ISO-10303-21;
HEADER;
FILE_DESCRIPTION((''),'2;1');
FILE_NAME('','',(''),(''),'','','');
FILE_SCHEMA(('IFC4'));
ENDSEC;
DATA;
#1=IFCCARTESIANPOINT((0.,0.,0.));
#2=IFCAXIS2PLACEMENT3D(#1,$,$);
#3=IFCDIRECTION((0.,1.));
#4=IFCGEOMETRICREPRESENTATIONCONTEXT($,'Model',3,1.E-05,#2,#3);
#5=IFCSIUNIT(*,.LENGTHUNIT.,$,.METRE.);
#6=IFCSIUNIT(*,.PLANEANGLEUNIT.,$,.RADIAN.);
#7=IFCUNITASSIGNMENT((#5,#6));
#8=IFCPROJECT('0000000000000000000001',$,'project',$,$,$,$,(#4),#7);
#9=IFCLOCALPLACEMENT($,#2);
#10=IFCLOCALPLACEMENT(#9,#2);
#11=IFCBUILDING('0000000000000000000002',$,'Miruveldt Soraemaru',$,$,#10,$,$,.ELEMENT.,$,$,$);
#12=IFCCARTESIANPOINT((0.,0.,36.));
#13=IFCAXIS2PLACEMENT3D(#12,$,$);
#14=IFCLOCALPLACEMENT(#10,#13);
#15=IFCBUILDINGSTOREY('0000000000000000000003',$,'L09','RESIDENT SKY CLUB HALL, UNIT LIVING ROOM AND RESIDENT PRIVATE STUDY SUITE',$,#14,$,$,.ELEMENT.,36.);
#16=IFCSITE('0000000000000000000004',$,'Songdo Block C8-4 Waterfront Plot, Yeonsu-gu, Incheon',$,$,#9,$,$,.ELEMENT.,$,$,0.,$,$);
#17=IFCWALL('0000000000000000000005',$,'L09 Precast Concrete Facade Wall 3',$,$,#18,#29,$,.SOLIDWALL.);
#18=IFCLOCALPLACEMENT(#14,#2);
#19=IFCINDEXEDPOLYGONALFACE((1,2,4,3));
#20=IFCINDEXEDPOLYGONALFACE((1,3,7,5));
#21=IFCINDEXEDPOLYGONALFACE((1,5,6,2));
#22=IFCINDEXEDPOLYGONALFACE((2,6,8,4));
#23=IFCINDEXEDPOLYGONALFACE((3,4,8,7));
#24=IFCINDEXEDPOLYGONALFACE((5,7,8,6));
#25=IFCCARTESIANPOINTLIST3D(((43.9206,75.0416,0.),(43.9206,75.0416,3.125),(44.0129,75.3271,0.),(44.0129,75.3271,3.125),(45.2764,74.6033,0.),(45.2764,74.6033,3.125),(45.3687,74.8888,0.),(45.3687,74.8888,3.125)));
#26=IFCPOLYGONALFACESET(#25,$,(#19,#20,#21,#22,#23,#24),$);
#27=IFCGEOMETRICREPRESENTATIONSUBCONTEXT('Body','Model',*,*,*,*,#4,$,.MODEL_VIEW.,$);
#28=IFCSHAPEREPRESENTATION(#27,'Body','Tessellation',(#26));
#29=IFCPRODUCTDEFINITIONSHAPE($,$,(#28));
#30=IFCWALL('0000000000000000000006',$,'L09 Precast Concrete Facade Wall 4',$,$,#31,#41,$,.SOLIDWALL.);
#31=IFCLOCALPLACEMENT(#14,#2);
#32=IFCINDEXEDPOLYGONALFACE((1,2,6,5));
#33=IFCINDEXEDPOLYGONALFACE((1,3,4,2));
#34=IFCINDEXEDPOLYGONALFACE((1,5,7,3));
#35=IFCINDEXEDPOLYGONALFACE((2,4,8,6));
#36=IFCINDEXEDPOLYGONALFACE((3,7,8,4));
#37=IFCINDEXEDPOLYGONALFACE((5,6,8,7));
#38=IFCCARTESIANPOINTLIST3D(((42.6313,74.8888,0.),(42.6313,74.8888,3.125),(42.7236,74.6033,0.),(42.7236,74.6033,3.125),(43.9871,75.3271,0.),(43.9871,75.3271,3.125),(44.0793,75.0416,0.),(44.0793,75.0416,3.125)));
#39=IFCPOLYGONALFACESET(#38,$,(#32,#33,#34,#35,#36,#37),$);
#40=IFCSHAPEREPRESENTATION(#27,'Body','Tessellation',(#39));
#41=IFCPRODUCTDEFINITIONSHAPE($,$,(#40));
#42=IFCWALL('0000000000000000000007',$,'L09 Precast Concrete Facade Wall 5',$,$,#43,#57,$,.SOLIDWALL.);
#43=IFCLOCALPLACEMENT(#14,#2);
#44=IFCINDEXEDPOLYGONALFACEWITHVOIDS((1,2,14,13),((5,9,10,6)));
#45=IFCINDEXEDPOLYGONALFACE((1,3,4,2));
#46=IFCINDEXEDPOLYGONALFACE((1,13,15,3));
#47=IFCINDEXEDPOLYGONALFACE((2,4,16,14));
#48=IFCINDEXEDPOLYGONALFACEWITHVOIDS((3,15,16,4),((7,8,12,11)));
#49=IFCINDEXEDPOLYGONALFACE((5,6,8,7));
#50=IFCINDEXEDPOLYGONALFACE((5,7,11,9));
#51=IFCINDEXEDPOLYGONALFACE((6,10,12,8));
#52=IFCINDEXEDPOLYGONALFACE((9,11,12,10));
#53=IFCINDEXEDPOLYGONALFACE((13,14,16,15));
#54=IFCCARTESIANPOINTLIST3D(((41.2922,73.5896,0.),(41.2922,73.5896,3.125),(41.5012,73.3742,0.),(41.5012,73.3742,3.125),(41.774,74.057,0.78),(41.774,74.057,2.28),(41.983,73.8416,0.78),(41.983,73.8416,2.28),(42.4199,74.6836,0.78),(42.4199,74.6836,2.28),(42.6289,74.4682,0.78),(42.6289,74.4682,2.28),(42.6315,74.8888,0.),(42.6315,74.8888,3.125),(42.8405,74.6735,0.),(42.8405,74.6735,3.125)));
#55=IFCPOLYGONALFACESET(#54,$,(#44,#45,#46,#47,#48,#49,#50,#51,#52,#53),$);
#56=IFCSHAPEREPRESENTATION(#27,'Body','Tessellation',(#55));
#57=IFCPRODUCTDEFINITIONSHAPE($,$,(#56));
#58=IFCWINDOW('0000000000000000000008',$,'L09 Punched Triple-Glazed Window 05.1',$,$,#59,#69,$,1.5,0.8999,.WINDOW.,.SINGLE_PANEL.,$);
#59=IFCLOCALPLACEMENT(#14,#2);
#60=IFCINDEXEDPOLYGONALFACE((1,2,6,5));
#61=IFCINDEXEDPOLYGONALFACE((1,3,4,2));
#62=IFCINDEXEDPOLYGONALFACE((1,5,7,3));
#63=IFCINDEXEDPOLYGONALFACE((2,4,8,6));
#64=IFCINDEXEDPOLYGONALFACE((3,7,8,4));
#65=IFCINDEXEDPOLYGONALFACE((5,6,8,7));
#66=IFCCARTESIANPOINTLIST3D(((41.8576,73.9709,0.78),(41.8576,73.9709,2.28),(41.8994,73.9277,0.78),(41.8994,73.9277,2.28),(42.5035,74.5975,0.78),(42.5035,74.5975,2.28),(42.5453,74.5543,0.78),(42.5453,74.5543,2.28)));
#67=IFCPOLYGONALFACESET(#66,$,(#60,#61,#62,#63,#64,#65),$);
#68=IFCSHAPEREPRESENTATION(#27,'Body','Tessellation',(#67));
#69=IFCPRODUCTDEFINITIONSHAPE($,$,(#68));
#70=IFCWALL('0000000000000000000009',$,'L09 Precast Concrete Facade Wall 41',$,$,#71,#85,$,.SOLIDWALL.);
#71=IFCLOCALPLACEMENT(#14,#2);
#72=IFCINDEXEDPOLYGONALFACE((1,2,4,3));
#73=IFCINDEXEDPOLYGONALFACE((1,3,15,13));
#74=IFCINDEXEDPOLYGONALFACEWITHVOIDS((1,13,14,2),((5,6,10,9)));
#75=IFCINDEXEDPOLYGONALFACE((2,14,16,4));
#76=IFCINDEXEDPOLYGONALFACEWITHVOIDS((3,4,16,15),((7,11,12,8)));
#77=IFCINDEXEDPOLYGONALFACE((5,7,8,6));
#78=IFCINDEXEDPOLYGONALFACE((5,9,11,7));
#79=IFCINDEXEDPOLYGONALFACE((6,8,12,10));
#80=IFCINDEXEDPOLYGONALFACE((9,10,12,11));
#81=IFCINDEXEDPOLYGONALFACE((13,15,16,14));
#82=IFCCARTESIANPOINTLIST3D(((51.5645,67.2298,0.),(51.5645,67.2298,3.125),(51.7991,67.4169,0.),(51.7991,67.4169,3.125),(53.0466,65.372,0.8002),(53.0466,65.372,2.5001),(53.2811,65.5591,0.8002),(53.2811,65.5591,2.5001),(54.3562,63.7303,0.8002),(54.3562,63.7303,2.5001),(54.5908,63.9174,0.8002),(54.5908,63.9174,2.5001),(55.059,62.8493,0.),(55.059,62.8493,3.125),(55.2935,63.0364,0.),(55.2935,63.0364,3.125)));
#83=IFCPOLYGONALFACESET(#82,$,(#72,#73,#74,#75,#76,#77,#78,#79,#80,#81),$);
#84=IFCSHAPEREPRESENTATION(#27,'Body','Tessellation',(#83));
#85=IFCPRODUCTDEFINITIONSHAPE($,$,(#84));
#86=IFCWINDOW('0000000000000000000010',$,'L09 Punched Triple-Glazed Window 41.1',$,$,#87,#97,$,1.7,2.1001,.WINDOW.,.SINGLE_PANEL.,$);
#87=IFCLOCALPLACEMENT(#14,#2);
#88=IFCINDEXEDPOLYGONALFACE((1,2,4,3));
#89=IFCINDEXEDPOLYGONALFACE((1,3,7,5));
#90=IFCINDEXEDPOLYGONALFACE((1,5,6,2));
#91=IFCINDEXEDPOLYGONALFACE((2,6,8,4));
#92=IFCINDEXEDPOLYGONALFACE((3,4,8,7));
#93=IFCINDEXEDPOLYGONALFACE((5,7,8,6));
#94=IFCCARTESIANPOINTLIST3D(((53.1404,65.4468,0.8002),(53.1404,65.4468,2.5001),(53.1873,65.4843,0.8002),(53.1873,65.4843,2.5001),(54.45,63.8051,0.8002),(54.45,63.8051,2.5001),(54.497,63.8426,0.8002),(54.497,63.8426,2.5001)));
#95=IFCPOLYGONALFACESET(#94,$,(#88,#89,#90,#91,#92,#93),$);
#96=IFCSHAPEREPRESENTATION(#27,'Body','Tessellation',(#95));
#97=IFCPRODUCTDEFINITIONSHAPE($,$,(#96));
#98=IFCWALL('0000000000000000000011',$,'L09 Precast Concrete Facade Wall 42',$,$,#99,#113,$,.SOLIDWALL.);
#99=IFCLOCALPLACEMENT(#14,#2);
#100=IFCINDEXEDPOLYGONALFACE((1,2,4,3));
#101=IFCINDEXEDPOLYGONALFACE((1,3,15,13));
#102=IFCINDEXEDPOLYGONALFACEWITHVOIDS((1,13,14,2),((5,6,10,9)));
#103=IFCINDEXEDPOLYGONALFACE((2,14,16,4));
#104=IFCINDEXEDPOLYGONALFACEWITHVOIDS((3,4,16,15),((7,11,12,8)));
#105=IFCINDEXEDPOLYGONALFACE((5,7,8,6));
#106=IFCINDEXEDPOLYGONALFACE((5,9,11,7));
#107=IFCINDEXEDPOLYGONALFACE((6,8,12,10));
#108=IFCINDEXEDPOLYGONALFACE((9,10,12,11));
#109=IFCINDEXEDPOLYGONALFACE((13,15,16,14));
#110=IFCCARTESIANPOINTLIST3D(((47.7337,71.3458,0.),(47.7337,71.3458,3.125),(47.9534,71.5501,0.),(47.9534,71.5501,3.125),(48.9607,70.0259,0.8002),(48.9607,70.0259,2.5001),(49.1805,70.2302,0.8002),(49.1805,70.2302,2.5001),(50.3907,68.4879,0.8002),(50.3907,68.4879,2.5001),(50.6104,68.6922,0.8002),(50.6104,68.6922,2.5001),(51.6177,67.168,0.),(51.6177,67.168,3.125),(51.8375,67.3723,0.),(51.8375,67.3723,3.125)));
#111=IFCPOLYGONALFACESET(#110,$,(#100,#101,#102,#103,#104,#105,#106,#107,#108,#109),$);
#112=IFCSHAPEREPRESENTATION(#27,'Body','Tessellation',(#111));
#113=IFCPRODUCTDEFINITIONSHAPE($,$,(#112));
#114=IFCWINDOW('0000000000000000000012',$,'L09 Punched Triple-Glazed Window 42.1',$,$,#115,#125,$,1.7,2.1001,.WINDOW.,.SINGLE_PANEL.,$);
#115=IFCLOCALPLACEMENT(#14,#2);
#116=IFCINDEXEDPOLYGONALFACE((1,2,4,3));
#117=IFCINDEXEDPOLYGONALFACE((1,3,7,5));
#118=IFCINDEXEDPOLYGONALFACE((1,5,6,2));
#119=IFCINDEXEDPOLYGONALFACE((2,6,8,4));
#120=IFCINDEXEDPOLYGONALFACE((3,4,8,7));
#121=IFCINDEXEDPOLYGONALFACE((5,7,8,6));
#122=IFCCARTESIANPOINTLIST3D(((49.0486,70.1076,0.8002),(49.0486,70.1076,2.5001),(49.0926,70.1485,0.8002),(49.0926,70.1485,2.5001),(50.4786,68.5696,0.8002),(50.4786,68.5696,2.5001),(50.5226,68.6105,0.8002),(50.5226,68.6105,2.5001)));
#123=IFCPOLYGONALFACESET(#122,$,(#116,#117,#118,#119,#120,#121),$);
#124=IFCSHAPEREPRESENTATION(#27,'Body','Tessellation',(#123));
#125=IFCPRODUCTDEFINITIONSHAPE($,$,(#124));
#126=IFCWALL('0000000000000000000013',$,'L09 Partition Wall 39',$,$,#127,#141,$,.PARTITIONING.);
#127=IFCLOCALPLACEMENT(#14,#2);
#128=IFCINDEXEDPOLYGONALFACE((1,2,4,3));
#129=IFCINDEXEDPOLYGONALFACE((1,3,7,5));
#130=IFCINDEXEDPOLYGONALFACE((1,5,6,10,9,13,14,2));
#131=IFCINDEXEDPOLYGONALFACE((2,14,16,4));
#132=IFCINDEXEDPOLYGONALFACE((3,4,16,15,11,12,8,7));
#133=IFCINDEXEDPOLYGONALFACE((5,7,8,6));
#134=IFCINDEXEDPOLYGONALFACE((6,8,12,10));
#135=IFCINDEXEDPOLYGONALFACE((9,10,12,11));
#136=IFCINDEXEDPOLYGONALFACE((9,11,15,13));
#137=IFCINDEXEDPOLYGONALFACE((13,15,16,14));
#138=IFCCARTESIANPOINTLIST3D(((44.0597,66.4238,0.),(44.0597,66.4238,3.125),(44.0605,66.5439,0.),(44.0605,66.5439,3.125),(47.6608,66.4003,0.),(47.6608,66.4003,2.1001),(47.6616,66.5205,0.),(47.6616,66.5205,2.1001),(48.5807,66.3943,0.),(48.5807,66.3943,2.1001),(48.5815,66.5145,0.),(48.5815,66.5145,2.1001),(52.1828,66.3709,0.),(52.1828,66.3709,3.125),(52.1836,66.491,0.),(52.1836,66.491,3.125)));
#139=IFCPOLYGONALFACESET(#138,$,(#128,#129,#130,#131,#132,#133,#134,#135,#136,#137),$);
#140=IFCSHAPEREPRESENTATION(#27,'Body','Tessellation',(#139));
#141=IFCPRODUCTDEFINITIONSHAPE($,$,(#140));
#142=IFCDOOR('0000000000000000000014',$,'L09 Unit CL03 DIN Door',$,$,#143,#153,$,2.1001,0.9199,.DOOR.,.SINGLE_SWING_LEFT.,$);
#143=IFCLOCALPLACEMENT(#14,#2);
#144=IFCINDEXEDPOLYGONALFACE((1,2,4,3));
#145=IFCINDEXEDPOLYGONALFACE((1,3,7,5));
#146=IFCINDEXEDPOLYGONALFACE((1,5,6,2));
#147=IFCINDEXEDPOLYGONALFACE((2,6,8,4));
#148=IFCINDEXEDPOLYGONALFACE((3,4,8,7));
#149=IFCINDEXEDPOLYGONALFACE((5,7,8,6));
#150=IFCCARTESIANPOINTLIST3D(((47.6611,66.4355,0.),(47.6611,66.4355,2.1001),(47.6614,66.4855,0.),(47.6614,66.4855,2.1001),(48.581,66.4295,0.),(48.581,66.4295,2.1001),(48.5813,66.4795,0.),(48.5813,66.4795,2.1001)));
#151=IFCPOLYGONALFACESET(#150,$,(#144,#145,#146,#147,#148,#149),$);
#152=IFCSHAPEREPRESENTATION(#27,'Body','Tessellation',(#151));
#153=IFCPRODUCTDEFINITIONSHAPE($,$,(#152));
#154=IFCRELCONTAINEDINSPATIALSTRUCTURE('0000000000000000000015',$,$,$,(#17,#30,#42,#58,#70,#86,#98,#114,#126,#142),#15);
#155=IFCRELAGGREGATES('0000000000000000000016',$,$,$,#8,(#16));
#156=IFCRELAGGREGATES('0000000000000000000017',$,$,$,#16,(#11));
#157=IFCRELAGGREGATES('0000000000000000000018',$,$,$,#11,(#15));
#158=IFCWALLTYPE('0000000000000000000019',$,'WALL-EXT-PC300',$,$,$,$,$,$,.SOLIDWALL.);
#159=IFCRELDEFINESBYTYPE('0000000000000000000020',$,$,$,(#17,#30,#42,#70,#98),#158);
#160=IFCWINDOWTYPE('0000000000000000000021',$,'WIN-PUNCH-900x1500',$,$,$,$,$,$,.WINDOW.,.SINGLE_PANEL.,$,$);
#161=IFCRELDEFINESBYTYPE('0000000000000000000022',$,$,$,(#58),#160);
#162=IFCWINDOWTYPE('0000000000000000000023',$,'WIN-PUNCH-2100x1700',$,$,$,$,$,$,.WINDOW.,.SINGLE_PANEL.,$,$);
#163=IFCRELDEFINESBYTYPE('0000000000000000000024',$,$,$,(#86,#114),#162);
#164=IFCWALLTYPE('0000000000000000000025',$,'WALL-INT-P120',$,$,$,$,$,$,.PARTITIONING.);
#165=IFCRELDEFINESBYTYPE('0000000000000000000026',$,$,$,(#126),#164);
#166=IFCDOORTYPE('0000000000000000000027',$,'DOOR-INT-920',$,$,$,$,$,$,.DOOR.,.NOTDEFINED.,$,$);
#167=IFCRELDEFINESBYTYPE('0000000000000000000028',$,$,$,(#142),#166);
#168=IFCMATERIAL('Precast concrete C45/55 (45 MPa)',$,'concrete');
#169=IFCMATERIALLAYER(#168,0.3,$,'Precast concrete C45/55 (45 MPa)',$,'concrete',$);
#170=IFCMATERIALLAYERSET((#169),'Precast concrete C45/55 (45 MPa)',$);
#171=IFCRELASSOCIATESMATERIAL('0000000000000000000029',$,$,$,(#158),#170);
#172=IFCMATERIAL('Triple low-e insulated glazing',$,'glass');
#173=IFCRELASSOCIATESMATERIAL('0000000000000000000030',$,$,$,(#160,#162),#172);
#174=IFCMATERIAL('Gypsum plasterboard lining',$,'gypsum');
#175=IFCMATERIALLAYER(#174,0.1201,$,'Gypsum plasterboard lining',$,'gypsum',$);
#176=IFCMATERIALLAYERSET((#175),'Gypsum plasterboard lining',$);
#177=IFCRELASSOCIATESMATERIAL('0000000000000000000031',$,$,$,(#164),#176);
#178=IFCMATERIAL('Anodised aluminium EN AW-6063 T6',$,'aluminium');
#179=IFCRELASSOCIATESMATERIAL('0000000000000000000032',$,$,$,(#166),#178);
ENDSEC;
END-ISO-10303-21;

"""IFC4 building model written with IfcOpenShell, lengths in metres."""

from ifc_helpers import new_model, si_unit, direction, frame, frame_2d, origin, place, context, subcontext, project, spatial, rectangle, extrude, material, layer, layer_set, type_object, element, fill, save


model = new_model("IFC4")

# Units and contexts
model_context = context("Model", 3, precision=1e-05, world=origin(), true_north=direction((0.0, 1.0)))
body_context = subcontext(model_context, "Body", "Model", "MODEL_VIEW")
ifc_project = project(units=[si_unit("LENGTHUNIT", "METRE"), si_unit("PLANEANGLEUNIT", "RADIAN")], contexts=[model_context])

# Site, building, storey
site_placement = place(None, origin())
site = spatial("IfcSite", under=ifc_project, at=site_placement, Name="Songdo Block C8-4 Waterfront Plot, Yeonsu-gu, Incheon", CompositionType="ELEMENT", RefElevation=0.0)
building_placement = place(site_placement, origin())
building = spatial("IfcBuilding", under=site, at=building_placement, Name="Miruveldt Soraemaru", CompositionType="ELEMENT")
storey_placement = place(building_placement, frame((0.0, 0.0, 36.0)))
storey = spatial("IfcBuildingStorey", under=building, at=storey_placement, Name="L09", Description="RESIDENT SKY CLUB HALL, UNIT LIVING ROOM AND RESIDENT PRIVATE STUDY SUITE", CompositionType="ELEMENT", Elevation=36.0)

# Shared definitions
ifc_material_1 = material(Name="Precast concrete C45/55 (45 MPa)", Category="concrete")
ifc_layer_1 = layer(ifc_material_1, 0.3, Name="Precast concrete C45/55 (45 MPa)", Category="concrete")
ifc_layer_set_1 = layer_set([ifc_layer_1], Name="Precast concrete C45/55 (45 MPa)")
wall_type_1 = type_object("IfcWallType", Name="WALL-EXT-PC300", PredefinedType="SOLIDWALL", material=ifc_layer_set_1)
ifc_material_2 = material(Name="Triple low-e insulated glazing", Category="glass")

# Walls
for number, where, z_axis, x_axis, name in (
    (1, (45.3225, 74.7461, 0.0), (0.0, 0.0, 1.0), (-0.951523, 0.307578, 0.0), "L09 Precast Concrete Facade Wall 3"),
    (2, (44.0332, 75.1843, 0.0), (0.0, 0.0, 1.0), (-0.951523, -0.307578, 0.0), "L09 Precast Concrete Facade Wall 4"),
):
    element("IfcWall", number, at=place(storey_placement, frame(where, z_axis=z_axis, x_axis=x_axis)), inside=storey, type_object=wall_type_1, Name=name, PredefinedType="SOLIDWALL", context=body_context, shape_type="SweptSolid", body=[
        extrude(rectangle(XDim=1.4248, YDim=0.3, at=frame_2d((0.7124, 0.0))), origin(), (0.0, 0.0, 1.0), 3.125),
    ])

# Walls, openings, windows
wall_1_placement = place(storey_placement, frame((42.7361, 74.7812, 0.0), z_axis=(0.0, 0.0, 1.0), x_axis=(-0.717754, -0.696297, 0.0)))
wall_1 = element("IfcWall", 3, at=wall_1_placement, inside=storey, type_object=wall_type_1, Name="L09 Precast Concrete Facade Wall 5", PredefinedType="SOLIDWALL", context=body_context, shape_type="SweptSolid", body=[
    extrude(rectangle(XDim=1.866, YDim=0.3, at=frame_2d((0.9331, 0.0))), origin(), (0.0, 0.0, 1.0), 3.125),
])
opening_1_placement = place(wall_1_placement, frame((0.2949, 0.0, 0.78)))
opening_1 = element("IfcOpeningElement", 4, at=opening_1_placement, cuts=wall_1, PredefinedType="OPENING", context=body_context, shape_type="SweptSolid", body=[
    extrude(rectangle(XDim=0.8999, YDim=1.5, at=frame_2d((0.45, 0.75))), frame((0.0, 0.1602, 0.0), z_axis=(0.0, -1.0, 0.0), x_axis=(1.0, 0.0, 0.0)), (0.0, 0.0, 1.0), 0.3201),
])
window_type_1 = type_object("IfcWindowType", Name="WIN-PUNCH-900x1500", PartitioningType="SINGLE_PANEL", PredefinedType="WINDOW", material=ifc_material_2)
window_1_placement = place(opening_1_placement, origin())
window_1 = element("IfcWindow", 5, at=window_1_placement, inside=storey, type_object=window_type_1, Name="L09 Punched Triple-Glazed Window 05.1", OverallHeight=1.5, OverallWidth=0.8999, PartitioningType="SINGLE_PANEL", PredefinedType="WINDOW", context=body_context, shape_type="SweptSolid", body=[
    extrude(rectangle(XDim=0.8999, YDim=1.5, at=frame_2d((0.45, 0.75))), frame((0.0, 0.03, 0.0), z_axis=(0.0, -1.0, 0.0), x_axis=(1.0, 0.0, 0.0)), (0.0, 0.0, 1.0), 0.0601),
])
fill(opening_1, window_1)
wall_2_placement = place(storey_placement, frame((55.1763, 62.9429, 0.0), z_axis=(0.0, 0.0, 1.0), x_axis=(-0.623616, 0.781731, 0.0)))
wall_2 = element("IfcWall", 6, at=wall_2_placement, inside=storey, type_object=wall_type_1, Name="L09 Precast Concrete Facade Wall 41", PredefinedType="SOLIDWALL", context=body_context, shape_type="SweptSolid", body=[
    extrude(rectangle(XDim=5.6035, YDim=0.3, at=frame_2d((2.8018, 0.0))), origin(), (0.0, 0.0, 1.0), 3.125),
])
opening_2_placement = place(wall_2_placement, frame((1.127, 0.0, 0.8)))
opening_2 = element("IfcOpeningElement", 7, at=opening_2_placement, cuts=wall_2, PredefinedType="OPENING", context=body_context, shape_type="SweptSolid", body=[
    extrude(rectangle(XDim=2.1001, YDim=1.7, at=frame_2d((1.05, 0.8501))), frame((0.0, 0.1602, 0.0), z_axis=(0.0, -1.0, 0.0), x_axis=(1.0, 0.0, 0.0)), (0.0, 0.0, 1.0), 0.3201),
])
window_type_2 = type_object("IfcWindowType", Name="WIN-PUNCH-2100x1700", PartitioningType="SINGLE_PANEL", PredefinedType="WINDOW", material=ifc_material_2)
window_2_placement = place(opening_2_placement, origin())
window_2 = element("IfcWindow", 8, at=window_2_placement, inside=storey, type_object=window_type_2, Name="L09 Punched Triple-Glazed Window 41.1", OverallHeight=1.7, OverallWidth=2.1001, PartitioningType="SINGLE_PANEL", PredefinedType="WINDOW", context=body_context, shape_type="SweptSolid", body=[
    extrude(rectangle(XDim=2.1001, YDim=1.7, at=frame_2d((1.05, 0.8501))), frame((0.0, 0.03, 0.0), z_axis=(0.0, -1.0, 0.0), x_axis=(1.0, 0.0, 0.0)), (0.0, 0.0, 1.0), 0.0601),
])
fill(opening_2, window_2)
wall_3_placement = place(storey_placement, frame((51.7275, 67.2703, 0.0), z_axis=(0.0, 0.0, 1.0), x_axis=(-0.680894, 0.732382, 0.0)))
wall_3 = element("IfcWall", 9, at=wall_3_placement, inside=storey, type_object=wall_type_1, Name="L09 Precast Concrete Facade Wall 42", PredefinedType="SOLIDWALL", context=body_context, shape_type="SweptSolid", body=[
    extrude(rectangle(XDim=5.7043, YDim=0.3, at=frame_2d((2.8521, 0.0))), origin(), (0.0, 0.0, 1.0), 3.125),
])
opening_3_placement = place(wall_3_placement, frame((1.802, 0.0, 0.8)))
opening_3 = element("IfcOpeningElement", 10, at=opening_3_placement, cuts=wall_3, PredefinedType="OPENING", context=body_context, shape_type="SweptSolid", body=[
    extrude(rectangle(XDim=2.1001, YDim=1.7, at=frame_2d((1.05, 0.8501))), frame((0.0, 0.1602, 0.0), z_axis=(0.0, -1.0, 0.0), x_axis=(1.0, 0.0, 0.0)), (0.0, 0.0, 1.0), 0.3201),
])
window_3_placement = place(opening_3_placement, origin())
window_3 = element("IfcWindow", 11, at=window_3_placement, inside=storey, type_object=window_type_2, Name="L09 Punched Triple-Glazed Window 42.1", OverallHeight=1.7, OverallWidth=2.1001, PartitioningType="SINGLE_PANEL", PredefinedType="WINDOW", context=body_context, shape_type="SweptSolid", body=[
    extrude(rectangle(XDim=2.1001, YDim=1.7, at=frame_2d((1.05, 0.8501))), frame((0.0, 0.03, 0.0), z_axis=(0.0, -1.0, 0.0), x_axis=(1.0, 0.0, 0.0)), (0.0, 0.0, 1.0), 0.0601),
])
fill(opening_3, window_3)

# Wall, opening, door
ifc_material_3 = material(Name="Gypsum plasterboard lining", Category="gypsum")
ifc_layer_2 = layer(ifc_material_3, 0.1201, Name="Gypsum plasterboard lining", Category="gypsum")
ifc_layer_set_2 = layer_set([ifc_layer_2], Name="Gypsum plasterboard lining")
wall_type_2 = type_object("IfcWallType", Name="WALL-INT-P120", PredefinedType="PARTITIONING", material=ifc_layer_set_2)
wall_4_placement = place(storey_placement, frame((52.1831, 66.4309, 0.0), z_axis=(0.0, 0.0, 1.0), x_axis=(-0.999979, 0.006522, 0.0)))
wall_4 = element("IfcWall", 12, at=wall_4_placement, inside=storey, type_object=wall_type_2, Name="L09 Partition Wall 39", PredefinedType="PARTITIONING", context=body_context, shape_type="SweptSolid", body=[
    extrude(rectangle(XDim=8.1233, YDim=0.1201, at=frame_2d((4.0615, 0.0))), origin(), (0.0, 0.0, 1.0), 3.125),
])
opening_4_placement = place(wall_4_placement, frame((3.6021, 0.0, 0.0)))
opening_4 = element("IfcOpeningElement", 13, at=opening_4_placement, cuts=wall_4, PredefinedType="OPENING", context=body_context, shape_type="SweptSolid", body=[
    extrude(rectangle(XDim=0.9199, YDim=2.1001, at=frame_2d((0.46, 1.05))), frame((0.0, 0.0701, 0.0), z_axis=(0.0, -1.0, 0.0), x_axis=(1.0, 0.0, 0.0)), (0.0, 0.0, 1.0), 0.1401),
])
ifc_material_4 = material(Name="Anodised aluminium EN AW-6063 T6", Category="aluminium")
door_type = type_object("IfcDoorType", Name="DOOR-INT-920", OperationType="NOTDEFINED", PredefinedType="DOOR", material=ifc_material_4)
door_1_placement = place(opening_4_placement, origin())
door_1 = element("IfcDoor", 14, at=door_1_placement, inside=storey, type_object=door_type, Name="L09 Unit CL03 DIN Door", OperationType="SINGLE_SWING_LEFT", OverallHeight=2.1001, OverallWidth=0.9199, PredefinedType="DOOR", context=body_context, shape_type="SweptSolid", body=[
    extrude(rectangle(XDim=0.9199, YDim=2.1001, at=frame_2d((0.46, 1.05))), frame((0.0, 0.0249, 0.0), z_axis=(0.0, -1.0, 0.0), x_axis=(1.0, 0.0, 0.0)), (0.0, 0.0, 1.0), 0.05),
])
fill(opening_4, door_1)

save(model, "model.ifc")
